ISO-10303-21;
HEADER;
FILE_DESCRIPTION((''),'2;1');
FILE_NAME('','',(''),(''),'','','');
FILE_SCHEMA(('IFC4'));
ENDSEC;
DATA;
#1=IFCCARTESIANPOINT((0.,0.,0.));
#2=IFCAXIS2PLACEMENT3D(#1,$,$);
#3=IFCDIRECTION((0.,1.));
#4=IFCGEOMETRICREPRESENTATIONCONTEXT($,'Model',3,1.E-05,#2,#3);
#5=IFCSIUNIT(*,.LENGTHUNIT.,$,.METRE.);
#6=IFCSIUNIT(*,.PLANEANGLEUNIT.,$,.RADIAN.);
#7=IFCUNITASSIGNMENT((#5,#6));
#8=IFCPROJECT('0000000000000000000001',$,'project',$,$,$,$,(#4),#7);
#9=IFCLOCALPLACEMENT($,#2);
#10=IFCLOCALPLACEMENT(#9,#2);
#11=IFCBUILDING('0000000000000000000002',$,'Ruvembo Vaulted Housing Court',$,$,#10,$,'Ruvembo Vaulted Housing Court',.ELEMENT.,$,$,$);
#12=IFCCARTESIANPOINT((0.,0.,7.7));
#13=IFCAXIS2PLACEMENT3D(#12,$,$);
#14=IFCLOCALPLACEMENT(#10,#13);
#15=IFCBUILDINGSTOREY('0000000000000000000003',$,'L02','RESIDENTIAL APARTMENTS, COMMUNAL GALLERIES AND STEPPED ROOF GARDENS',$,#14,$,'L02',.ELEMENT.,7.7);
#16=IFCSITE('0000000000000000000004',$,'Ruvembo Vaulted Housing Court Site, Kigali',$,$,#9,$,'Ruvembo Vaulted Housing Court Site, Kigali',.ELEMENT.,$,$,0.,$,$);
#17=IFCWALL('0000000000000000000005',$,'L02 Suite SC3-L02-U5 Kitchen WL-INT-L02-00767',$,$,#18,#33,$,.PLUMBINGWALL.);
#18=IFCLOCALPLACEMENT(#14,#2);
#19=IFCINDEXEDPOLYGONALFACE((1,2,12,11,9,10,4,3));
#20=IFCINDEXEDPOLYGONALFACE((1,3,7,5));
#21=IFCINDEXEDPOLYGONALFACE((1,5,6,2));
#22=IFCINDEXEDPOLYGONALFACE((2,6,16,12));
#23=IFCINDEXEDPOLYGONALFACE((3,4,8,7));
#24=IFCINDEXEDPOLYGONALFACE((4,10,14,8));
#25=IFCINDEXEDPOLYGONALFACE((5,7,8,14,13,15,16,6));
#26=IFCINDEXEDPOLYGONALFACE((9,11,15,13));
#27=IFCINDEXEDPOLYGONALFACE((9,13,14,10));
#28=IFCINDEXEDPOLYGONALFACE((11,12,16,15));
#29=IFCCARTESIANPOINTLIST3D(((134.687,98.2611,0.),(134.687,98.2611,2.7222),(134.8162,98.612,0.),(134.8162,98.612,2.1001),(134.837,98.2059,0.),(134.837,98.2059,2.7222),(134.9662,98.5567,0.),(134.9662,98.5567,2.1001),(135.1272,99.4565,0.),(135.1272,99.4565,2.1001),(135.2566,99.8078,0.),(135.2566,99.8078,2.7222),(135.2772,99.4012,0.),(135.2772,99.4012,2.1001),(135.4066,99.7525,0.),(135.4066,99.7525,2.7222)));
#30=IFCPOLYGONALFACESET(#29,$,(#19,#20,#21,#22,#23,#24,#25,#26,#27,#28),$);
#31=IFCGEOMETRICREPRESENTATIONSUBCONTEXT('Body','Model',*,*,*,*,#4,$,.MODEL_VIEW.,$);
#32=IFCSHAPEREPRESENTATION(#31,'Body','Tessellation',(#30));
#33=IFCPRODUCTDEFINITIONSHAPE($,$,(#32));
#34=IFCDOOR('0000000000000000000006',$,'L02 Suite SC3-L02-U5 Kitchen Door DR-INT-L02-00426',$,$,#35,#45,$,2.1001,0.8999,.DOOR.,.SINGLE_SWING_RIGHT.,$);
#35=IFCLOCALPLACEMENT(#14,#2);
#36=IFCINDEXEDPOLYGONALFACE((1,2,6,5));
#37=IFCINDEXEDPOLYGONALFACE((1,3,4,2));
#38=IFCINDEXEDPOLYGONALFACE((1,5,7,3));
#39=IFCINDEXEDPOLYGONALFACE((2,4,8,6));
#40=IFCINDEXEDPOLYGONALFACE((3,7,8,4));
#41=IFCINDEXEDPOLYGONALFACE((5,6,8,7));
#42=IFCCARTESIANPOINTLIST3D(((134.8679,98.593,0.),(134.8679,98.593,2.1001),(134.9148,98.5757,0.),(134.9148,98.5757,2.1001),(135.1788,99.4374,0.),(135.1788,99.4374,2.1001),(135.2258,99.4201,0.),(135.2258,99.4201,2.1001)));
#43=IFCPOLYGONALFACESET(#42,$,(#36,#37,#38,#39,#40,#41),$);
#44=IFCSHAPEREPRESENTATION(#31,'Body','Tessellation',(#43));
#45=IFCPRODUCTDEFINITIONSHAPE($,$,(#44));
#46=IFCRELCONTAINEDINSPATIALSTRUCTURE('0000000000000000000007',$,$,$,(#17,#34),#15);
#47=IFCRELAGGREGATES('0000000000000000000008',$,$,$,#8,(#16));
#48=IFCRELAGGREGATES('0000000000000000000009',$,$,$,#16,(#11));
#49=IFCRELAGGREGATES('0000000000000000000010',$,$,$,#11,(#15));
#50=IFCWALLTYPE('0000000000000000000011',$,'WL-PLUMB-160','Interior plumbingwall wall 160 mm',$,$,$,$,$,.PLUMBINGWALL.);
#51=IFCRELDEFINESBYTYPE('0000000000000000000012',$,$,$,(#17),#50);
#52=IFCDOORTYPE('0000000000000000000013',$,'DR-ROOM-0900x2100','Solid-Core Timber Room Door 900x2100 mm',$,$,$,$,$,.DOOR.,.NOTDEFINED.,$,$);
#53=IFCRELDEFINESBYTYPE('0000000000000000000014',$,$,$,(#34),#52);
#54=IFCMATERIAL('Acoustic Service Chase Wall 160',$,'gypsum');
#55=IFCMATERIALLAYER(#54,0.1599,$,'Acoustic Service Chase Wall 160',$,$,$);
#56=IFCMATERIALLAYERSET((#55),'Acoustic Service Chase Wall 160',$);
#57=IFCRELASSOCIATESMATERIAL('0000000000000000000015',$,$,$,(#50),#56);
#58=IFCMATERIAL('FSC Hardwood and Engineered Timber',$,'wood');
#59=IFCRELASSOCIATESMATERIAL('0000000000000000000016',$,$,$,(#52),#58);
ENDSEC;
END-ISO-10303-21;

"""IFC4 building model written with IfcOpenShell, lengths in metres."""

from ifc_helpers import new_model, si_unit, direction, frame, frame_2d, origin, place, context, subcontext, project, spatial, rectangle, extrude, material, layer, layer_set, type_object, element, fill, save


model = new_model("IFC4")

# Units and contexts
model_context = context("Model", 3, precision=1e-05, world=origin(), true_north=direction((0.0, 1.0)))
body_context = subcontext(model_context, "Body", "Model", "MODEL_VIEW")
ifc_project = project(units=[si_unit("LENGTHUNIT", "METRE"), si_unit("PLANEANGLEUNIT", "RADIAN")], contexts=[model_context])

# Site, building, storey
site_placement = place(None, origin())
site = spatial("IfcSite", under=ifc_project, at=site_placement, Name="Ruvembo Vaulted Housing Court Site, Kigali", LongName="Ruvembo Vaulted Housing Court Site, Kigali", CompositionType="ELEMENT", RefElevation=0.0)
building_placement = place(site_placement, origin())
building = spatial("IfcBuilding", under=site, at=building_placement, Name="Ruvembo Vaulted Housing Court", LongName="Ruvembo Vaulted Housing Court", CompositionType="ELEMENT")
storey_placement = place(building_placement, frame((0.0, 0.0, 7.7)))
storey = spatial("IfcBuildingStorey", under=building, at=storey_placement, Name="L02", Description="RESIDENTIAL APARTMENTS, COMMUNAL GALLERIES AND STEPPED ROOF GARDENS", LongName="L02", CompositionType="ELEMENT", Elevation=7.7)

# Shared definitions
ifc_material_1 = material(Name="FSC Hardwood and Engineered Timber", Category="wood")

# Wall, opening, door
ifc_material_2 = material(Name="Acoustic Service Chase Wall 160", Category="gypsum")
ifc_layer_1 = layer(ifc_material_2, 0.1599, Name="Acoustic Service Chase Wall 160")
ifc_layer_set_1 = layer_set([ifc_layer_1], Name="Acoustic Service Chase Wall 160")
wall_type_1 = type_object("IfcWallType", Name="WL-PLUMB-160", Description="Interior plumbingwall wall 160 mm", PredefinedType="PLUMBINGWALL", material=ifc_layer_set_1)
wall_1_placement = place(storey_placement, frame((134.762, 98.2334, 0.0), z_axis=(0.0, 0.0, 1.0), x_axis=(0.345582, 0.938389, 0.0)))
wall_1 = element("IfcWall", 1, at=wall_1_placement, inside=storey, type_object=wall_type_1, Name="L02 Suite SC3-L02-U5 Kitchen WL-INT-L02-00767", PredefinedType="PLUMBINGWALL", context=body_context, shape_type="SweptSolid", body=[
    extrude(rectangle(XDim=1.6482, YDim=0.1599, at=frame_2d((0.8242, 0.0))), origin(), (0.0, 0.0, 1.0), 2.7222),
])
opening_1_placement = place(wall_1_placement, frame((0.374, 0.0, 0.0)))
opening_1 = element("IfcOpeningElement", 2, at=opening_1_placement, cuts=wall_1, PredefinedType="OPENING", context=body_context, shape_type="SweptSolid", body=[
    extrude(rectangle(XDim=0.8999, YDim=2.1001, at=frame_2d((0.45, 1.05))), frame((0.0, 0.0898, 0.0), z_axis=(0.0, -1.0, 0.0), x_axis=(1.0, 0.0, 0.0)), (0.0, 0.0, 1.0), 0.1799),
])
door_type_1 = type_object("IfcDoorType", Name="DR-ROOM-0900x2100", Description="Solid-Core Timber Room Door 900x2100 mm", OperationType="NOTDEFINED", PredefinedType="DOOR", material=ifc_material_1)
door_1_placement = place(opening_1_placement, origin())
door_1 = element("IfcDoor", 3, at=door_1_placement, inside=storey, type_object=door_type_1, Name="L02 Suite SC3-L02-U5 Kitchen Door DR-INT-L02-00426", OperationType="SINGLE_SWING_RIGHT", OverallHeight=2.1001, OverallWidth=0.8999, PredefinedType="DOOR", context=body_context, shape_type="SweptSolid", body=[
    extrude(rectangle(XDim=0.8999, YDim=2.1001, at=frame_2d((0.45, 1.05))), frame((0.0, 0.0249, 0.0), z_axis=(0.0, -1.0, 0.0), x_axis=(1.0, 0.0, 0.0)), (0.0, 0.0, 1.0), 0.05),
])
fill(opening_1, door_1)

save(model, "model.ifc")
